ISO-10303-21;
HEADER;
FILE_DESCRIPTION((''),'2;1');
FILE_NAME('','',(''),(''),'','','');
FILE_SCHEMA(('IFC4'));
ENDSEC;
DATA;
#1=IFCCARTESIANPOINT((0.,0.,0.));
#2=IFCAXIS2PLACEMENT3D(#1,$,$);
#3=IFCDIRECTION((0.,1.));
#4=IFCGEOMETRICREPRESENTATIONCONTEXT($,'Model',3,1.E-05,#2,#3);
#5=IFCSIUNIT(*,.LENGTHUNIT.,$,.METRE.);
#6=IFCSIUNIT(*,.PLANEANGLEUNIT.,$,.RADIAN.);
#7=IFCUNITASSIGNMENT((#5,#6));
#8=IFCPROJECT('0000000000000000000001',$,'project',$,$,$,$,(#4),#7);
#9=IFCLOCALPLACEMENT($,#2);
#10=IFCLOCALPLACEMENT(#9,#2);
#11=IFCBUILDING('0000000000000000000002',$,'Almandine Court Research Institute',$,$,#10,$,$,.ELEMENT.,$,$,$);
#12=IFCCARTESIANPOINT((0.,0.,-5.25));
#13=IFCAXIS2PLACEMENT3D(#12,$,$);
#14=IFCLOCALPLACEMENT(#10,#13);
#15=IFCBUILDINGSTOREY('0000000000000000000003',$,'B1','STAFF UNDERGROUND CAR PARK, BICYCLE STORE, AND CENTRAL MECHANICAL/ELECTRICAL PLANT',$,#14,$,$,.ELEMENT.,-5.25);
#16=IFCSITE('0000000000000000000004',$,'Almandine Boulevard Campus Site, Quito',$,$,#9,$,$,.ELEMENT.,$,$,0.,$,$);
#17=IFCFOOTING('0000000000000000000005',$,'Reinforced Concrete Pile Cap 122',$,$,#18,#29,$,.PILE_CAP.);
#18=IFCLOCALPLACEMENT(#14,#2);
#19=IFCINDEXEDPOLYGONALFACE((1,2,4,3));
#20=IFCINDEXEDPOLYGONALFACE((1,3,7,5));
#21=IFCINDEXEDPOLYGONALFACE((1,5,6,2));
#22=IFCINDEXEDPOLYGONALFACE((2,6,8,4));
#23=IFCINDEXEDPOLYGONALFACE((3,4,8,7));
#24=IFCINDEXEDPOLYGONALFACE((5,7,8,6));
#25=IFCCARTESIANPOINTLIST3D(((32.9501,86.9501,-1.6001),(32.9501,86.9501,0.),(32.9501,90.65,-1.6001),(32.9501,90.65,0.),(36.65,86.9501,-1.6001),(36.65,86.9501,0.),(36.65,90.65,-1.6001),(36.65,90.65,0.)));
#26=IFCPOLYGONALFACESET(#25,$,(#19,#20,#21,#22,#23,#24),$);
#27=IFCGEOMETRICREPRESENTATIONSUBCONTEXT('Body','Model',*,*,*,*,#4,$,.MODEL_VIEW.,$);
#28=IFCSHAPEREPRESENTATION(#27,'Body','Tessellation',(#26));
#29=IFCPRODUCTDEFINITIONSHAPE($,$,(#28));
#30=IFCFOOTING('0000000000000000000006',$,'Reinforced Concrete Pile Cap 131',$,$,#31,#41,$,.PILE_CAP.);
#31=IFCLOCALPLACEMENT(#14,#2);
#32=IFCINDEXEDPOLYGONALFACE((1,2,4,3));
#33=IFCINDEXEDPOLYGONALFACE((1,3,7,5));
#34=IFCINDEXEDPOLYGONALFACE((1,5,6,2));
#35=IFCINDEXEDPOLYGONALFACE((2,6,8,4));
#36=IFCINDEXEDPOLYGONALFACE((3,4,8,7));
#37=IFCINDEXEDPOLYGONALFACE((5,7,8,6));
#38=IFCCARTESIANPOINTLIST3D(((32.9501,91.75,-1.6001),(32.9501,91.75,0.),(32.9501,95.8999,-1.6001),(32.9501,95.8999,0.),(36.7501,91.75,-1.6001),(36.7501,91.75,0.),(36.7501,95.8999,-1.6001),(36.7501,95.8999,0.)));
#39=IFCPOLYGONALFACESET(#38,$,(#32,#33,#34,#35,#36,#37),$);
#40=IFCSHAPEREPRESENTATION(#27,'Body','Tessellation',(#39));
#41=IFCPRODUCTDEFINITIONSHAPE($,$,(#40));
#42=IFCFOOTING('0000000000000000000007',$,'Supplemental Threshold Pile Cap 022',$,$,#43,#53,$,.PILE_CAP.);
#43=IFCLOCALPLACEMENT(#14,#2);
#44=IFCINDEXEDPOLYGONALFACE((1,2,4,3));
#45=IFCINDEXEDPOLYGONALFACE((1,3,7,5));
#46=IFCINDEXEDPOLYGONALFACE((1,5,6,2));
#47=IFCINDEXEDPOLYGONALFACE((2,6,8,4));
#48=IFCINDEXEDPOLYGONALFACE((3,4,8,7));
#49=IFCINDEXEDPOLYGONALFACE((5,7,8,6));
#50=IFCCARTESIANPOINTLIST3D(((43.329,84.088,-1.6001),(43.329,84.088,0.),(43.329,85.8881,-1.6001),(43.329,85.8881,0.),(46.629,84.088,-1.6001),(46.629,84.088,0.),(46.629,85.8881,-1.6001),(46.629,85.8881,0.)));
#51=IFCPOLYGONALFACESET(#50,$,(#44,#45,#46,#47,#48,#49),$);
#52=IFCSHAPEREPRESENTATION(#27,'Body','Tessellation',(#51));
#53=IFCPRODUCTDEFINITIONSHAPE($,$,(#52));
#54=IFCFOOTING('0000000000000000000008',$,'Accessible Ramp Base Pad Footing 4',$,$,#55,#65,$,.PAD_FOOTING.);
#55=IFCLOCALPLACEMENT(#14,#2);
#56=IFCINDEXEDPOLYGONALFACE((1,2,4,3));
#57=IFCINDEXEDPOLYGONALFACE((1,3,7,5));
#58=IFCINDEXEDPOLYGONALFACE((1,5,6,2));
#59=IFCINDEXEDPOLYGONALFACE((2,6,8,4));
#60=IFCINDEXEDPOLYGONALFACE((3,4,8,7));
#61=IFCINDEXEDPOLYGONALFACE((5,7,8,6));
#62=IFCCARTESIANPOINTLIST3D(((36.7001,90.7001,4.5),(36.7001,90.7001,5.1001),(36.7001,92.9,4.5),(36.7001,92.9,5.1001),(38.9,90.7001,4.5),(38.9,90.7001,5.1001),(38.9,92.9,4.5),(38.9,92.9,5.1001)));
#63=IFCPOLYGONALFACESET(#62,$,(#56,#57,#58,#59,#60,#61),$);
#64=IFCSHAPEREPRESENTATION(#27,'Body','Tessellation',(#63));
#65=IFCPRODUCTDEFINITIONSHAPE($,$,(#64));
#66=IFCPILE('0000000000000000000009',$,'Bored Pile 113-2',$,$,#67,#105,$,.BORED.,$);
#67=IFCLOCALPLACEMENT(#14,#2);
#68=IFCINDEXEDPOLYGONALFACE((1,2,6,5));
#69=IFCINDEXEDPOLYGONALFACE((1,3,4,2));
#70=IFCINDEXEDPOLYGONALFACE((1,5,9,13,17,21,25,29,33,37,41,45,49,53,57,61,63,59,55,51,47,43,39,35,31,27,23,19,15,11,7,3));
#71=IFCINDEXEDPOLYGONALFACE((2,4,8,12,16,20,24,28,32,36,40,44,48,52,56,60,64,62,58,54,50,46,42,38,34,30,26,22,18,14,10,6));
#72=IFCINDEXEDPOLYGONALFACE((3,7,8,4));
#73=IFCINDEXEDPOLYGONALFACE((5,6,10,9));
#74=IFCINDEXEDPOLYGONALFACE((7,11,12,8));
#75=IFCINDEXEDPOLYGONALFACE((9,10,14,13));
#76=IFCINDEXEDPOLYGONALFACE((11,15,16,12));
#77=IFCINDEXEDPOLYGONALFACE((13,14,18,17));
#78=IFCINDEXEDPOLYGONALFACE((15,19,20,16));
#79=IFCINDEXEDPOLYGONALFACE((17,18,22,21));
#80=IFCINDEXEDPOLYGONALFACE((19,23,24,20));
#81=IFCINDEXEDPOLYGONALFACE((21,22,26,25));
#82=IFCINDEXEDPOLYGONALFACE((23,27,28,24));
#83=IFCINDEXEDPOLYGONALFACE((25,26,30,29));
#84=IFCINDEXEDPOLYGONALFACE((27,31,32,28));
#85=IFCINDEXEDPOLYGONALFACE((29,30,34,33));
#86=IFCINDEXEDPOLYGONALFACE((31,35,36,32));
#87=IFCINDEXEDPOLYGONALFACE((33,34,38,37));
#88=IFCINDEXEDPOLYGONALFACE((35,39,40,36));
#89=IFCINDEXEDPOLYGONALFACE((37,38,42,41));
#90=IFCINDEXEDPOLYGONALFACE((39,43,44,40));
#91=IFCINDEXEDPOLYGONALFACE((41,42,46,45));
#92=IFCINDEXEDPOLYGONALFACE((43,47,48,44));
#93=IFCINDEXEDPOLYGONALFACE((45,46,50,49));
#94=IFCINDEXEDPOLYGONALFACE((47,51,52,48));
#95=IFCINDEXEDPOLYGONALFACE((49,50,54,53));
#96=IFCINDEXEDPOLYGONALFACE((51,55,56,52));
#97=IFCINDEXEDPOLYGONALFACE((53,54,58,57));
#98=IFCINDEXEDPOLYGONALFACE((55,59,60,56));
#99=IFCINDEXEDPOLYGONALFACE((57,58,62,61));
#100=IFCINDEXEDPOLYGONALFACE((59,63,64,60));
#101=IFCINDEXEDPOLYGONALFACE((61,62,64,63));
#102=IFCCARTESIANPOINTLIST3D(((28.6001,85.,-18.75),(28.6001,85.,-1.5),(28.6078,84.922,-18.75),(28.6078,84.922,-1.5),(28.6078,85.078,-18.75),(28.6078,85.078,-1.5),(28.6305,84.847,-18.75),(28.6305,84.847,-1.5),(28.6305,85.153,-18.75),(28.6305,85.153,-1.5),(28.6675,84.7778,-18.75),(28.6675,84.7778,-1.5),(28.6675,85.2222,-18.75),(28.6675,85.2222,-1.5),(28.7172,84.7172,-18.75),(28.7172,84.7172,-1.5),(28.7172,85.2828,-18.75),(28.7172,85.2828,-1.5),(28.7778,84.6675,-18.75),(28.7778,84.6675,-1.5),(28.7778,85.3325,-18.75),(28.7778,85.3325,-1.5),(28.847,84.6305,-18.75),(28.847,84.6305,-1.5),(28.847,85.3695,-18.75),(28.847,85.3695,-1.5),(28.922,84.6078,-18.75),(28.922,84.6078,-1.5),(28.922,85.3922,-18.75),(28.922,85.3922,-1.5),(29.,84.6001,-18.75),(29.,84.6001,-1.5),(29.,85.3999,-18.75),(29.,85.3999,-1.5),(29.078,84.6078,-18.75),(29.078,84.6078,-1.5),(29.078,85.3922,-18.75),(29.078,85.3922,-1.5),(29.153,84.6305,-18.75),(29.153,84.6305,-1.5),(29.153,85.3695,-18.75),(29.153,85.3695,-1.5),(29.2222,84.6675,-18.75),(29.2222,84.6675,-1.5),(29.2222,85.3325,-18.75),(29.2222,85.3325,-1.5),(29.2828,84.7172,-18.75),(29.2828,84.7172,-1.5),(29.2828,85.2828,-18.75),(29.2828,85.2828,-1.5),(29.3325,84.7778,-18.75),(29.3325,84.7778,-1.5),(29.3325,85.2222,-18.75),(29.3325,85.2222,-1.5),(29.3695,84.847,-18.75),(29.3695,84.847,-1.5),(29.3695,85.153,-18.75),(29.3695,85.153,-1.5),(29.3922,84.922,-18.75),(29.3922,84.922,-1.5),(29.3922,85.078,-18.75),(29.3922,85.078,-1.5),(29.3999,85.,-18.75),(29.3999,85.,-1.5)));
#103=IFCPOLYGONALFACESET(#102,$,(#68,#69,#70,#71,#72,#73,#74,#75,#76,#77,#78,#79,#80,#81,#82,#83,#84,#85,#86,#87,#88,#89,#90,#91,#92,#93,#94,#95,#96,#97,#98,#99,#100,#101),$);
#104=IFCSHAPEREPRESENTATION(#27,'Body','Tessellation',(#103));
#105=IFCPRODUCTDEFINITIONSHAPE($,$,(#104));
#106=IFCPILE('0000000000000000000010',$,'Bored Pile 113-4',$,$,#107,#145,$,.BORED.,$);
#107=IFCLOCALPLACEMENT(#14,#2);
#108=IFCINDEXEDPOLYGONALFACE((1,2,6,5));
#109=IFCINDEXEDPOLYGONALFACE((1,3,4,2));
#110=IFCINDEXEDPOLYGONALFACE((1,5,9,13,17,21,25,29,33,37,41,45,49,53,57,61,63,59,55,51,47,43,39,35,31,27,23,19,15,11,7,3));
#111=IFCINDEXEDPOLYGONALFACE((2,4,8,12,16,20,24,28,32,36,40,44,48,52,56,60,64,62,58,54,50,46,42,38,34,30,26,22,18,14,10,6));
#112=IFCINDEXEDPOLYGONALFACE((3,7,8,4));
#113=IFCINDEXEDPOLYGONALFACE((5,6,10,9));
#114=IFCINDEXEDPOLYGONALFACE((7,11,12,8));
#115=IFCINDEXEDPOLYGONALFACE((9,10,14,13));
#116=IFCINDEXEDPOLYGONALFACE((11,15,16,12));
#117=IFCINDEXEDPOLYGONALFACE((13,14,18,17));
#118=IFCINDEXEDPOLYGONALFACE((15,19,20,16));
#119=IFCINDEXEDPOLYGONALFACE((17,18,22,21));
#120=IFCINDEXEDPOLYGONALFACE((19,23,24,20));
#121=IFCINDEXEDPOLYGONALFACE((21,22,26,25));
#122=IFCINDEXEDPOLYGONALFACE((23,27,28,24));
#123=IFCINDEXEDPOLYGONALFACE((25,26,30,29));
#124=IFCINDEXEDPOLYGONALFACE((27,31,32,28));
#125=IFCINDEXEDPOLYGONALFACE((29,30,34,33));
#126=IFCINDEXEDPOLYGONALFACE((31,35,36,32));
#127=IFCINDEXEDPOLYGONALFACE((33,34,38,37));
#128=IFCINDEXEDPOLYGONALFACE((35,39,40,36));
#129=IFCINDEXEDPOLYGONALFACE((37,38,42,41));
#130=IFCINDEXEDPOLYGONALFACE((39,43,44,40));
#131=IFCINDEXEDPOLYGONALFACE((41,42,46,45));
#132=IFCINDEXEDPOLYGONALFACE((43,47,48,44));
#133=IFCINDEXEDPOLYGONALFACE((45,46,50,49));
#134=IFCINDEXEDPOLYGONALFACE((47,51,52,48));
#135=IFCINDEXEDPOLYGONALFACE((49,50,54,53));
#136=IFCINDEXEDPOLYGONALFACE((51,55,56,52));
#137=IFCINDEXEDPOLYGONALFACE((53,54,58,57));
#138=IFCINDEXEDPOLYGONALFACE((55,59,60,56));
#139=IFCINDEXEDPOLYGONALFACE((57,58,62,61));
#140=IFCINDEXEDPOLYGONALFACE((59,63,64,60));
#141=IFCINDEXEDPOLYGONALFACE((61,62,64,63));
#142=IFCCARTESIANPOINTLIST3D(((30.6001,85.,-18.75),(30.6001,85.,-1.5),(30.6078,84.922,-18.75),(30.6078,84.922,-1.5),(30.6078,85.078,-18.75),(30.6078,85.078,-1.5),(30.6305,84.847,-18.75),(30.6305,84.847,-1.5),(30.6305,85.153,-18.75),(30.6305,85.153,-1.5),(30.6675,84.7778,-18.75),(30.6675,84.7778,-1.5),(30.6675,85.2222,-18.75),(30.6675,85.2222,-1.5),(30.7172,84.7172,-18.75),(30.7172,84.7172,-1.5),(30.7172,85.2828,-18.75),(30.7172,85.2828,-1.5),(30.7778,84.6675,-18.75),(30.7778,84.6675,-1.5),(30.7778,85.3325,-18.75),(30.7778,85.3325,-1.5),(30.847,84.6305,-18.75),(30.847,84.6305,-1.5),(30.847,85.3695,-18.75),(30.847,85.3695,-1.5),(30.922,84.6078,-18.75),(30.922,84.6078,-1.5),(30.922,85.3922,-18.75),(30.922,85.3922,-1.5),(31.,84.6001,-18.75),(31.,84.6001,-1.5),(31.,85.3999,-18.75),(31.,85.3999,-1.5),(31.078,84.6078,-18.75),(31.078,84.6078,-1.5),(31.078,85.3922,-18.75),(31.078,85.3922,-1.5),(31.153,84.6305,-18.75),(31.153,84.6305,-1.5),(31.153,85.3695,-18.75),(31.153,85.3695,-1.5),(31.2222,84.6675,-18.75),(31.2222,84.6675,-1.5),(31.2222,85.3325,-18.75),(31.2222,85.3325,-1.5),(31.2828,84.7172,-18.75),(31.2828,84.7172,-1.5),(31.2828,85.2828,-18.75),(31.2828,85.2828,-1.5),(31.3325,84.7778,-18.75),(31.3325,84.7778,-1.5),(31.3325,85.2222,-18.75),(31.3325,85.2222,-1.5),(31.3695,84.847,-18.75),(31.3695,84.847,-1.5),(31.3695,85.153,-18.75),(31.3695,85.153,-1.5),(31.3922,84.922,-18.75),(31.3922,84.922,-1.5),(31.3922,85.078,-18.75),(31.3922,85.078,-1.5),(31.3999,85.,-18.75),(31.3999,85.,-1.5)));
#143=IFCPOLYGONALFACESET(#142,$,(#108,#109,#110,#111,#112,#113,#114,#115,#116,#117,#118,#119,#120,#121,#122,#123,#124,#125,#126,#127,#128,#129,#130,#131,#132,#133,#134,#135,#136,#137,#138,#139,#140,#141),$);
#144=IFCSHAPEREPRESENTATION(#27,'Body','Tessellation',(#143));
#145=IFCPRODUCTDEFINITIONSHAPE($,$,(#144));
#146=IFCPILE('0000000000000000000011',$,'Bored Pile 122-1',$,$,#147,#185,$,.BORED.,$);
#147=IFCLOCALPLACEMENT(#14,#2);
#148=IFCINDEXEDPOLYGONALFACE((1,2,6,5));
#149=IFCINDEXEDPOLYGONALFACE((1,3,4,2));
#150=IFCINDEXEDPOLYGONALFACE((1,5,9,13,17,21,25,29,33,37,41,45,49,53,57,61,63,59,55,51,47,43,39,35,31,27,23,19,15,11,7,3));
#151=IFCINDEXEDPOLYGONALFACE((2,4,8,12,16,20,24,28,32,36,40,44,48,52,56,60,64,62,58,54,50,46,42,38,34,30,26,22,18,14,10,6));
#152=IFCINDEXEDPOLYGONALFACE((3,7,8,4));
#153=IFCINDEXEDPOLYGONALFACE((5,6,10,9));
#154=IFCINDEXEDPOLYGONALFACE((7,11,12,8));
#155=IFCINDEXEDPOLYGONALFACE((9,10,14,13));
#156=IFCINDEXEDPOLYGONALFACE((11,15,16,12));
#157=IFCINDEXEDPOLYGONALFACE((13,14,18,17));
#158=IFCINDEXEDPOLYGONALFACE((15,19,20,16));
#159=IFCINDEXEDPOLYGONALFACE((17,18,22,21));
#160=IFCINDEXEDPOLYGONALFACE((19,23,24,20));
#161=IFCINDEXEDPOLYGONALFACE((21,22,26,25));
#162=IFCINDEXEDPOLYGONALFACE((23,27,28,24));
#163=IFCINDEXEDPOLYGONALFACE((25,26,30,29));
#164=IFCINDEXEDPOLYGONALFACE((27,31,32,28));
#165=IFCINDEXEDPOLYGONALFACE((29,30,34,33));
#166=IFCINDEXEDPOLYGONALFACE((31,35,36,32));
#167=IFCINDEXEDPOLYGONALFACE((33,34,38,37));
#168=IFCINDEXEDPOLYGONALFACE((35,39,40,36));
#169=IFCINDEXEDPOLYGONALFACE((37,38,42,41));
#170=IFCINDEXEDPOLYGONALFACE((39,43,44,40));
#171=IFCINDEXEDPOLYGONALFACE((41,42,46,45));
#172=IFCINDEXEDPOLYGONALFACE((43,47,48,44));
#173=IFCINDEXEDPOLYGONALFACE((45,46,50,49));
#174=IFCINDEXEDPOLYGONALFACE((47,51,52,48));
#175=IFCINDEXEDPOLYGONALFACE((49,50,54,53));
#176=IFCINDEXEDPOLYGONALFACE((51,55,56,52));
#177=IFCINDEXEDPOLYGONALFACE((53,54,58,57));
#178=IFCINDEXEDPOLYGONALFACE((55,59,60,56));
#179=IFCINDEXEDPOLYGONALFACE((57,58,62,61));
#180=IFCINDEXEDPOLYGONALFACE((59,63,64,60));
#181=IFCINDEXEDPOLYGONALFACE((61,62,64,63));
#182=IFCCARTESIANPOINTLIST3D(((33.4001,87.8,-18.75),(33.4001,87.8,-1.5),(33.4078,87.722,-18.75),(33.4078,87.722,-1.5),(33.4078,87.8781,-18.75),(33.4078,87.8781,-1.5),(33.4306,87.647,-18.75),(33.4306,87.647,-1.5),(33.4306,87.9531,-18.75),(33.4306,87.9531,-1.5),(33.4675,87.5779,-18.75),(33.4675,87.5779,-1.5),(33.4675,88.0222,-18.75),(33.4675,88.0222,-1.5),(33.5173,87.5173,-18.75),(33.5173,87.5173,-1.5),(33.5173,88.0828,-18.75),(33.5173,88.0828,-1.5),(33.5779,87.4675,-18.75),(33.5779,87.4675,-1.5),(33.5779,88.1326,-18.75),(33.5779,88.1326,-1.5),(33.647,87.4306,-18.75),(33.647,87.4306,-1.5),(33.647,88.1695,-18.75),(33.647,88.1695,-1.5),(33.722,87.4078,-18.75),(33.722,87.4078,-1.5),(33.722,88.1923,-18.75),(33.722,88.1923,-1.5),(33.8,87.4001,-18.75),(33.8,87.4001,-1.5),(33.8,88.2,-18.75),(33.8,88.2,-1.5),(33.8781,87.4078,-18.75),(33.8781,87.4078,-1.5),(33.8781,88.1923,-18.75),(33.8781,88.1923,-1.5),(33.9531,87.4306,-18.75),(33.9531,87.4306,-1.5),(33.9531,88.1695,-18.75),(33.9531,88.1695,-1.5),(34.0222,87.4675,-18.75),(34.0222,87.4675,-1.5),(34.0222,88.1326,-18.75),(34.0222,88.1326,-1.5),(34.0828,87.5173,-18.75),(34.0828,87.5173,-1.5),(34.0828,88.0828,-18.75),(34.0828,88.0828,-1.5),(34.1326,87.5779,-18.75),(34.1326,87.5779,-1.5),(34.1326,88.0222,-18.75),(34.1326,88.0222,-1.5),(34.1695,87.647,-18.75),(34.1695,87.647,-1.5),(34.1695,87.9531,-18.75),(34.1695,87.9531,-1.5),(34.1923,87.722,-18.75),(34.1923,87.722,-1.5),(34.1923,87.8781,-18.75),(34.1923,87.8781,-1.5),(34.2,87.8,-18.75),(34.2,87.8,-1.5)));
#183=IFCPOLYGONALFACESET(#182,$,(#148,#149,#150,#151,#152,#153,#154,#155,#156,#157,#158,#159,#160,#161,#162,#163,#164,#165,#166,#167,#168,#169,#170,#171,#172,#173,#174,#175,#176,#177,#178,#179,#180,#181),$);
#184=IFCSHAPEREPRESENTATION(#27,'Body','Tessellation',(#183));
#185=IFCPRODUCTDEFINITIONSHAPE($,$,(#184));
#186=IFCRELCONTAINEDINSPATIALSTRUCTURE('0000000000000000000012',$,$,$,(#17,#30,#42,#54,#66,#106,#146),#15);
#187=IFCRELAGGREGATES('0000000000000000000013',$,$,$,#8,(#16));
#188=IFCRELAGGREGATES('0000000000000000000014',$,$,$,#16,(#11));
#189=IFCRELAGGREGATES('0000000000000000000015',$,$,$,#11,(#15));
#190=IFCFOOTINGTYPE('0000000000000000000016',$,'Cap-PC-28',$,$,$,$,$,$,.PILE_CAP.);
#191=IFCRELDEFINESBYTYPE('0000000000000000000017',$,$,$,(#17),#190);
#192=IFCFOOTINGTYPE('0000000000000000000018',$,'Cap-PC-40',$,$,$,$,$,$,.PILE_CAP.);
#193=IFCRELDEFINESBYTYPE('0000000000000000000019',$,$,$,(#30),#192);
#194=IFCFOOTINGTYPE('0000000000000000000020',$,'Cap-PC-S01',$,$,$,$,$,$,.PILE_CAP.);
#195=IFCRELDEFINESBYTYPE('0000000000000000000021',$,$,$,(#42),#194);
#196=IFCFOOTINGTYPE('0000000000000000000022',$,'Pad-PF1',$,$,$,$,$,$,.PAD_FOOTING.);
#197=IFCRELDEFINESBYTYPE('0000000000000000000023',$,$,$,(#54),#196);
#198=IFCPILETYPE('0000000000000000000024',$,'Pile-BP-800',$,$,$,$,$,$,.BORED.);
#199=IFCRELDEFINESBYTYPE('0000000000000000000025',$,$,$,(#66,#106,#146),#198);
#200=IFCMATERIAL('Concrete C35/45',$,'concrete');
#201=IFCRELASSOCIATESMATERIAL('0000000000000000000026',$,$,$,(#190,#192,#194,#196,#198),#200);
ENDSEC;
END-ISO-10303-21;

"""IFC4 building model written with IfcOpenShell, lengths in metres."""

from ifc_helpers import new_model, si_unit, direction, frame, origin, origin_2d, place, context, subcontext, project, spatial, rectangle, circle, extrude, material, material_profile, profile_set, type_object, element, save


model = new_model("IFC4")

# Units and contexts
model_context = context("Model", 3, precision=1e-05, world=origin(), true_north=direction((0.0, 1.0)))
body_context = subcontext(model_context, "Body", "Model", "MODEL_VIEW")
ifc_project = project(units=[si_unit("LENGTHUNIT", "METRE"), si_unit("PLANEANGLEUNIT", "RADIAN")], contexts=[model_context])

# Site, building, storey
site_placement = place(None, origin())
site = spatial("IfcSite", under=ifc_project, at=site_placement, Name="Almandine Boulevard Campus Site, Quito", CompositionType="ELEMENT", RefElevation=0.0)
building_placement = place(site_placement, origin())
building = spatial("IfcBuilding", under=site, at=building_placement, Name="Almandine Court Research Institute", CompositionType="ELEMENT")
storey_placement = place(building_placement, frame((0.0, 0.0, -5.25)))
storey = spatial("IfcBuildingStorey", under=building, at=storey_placement, Name="B1", Description="STAFF UNDERGROUND CAR PARK, BICYCLE STORE, AND CENTRAL MECHANICAL/ELECTRICAL PLANT", CompositionType="ELEMENT", Elevation=-5.25)

# Footings
ifc_material_1 = material(Name="Concrete C35/45", Category="concrete")
footing_type_1 = type_object("IfcFootingType", Name="Cap-PC-28", PredefinedType="PILE_CAP", material=ifc_material_1)
footing_1_placement = place(storey_placement, frame((34.8, 88.8, -1.6001), z_axis=(0.0, 0.0, 1.0), x_axis=(1.0, 0.0, 0.0)))
element("IfcFooting", 1, at=footing_1_placement, inside=storey, type_object=footing_type_1, Name="Reinforced Concrete Pile Cap 122", PredefinedType="PILE_CAP", context=body_context, shape_type="SweptSolid", body=[
    extrude(rectangle(XDim=3.7, YDim=3.7, at=origin_2d()), origin(), (0.0, 0.0, 1.0), 1.6001),
])
footing_type_2 = type_object("IfcFootingType", Name="Cap-PC-40", PredefinedType="PILE_CAP", material=ifc_material_1)
footing_2_placement = place(storey_placement, frame((34.8501, 93.825, -1.6001), z_axis=(0.0, 0.0, 1.0), x_axis=(1.0, 0.0, 0.0)))
element("IfcFooting", 2, at=footing_2_placement, inside=storey, type_object=footing_type_2, Name="Reinforced Concrete Pile Cap 131", PredefinedType="PILE_CAP", context=body_context, shape_type="SweptSolid", body=[
    extrude(rectangle(XDim=3.8, YDim=4.1499, at=origin_2d()), origin(), (0.0, 0.0, 1.0), 1.6001),
])
footing_type_3 = type_object("IfcFootingType", Name="Cap-PC-S01", PredefinedType="PILE_CAP", material=ifc_material_1)
footing_3_placement = place(storey_placement, frame((44.979, 84.988, -1.6001), z_axis=(0.0, 0.0, 1.0), x_axis=(1.0, 0.0, 0.0)))
element("IfcFooting", 3, at=footing_3_placement, inside=storey, type_object=footing_type_3, Name="Supplemental Threshold Pile Cap 022", PredefinedType="PILE_CAP", context=body_context, shape_type="SweptSolid", body=[
    extrude(rectangle(XDim=3.3, YDim=1.8, at=origin_2d()), origin(), (0.0, 0.0, 1.0), 1.6001),
])
footing_type_4 = type_object("IfcFootingType", Name="Pad-PF1", PredefinedType="PAD_FOOTING", material=ifc_material_1)
footing_4_placement = place(storey_placement, frame((37.8, 91.8, 4.5), z_axis=(0.0, 0.0, 1.0), x_axis=(1.0, 0.0, 0.0)))
element("IfcFooting", 4, at=footing_4_placement, inside=storey, type_object=footing_type_4, Name="Accessible Ramp Base Pad Footing 4", PredefinedType="PAD_FOOTING", context=body_context, shape_type="SweptSolid", body=[
    extrude(rectangle(XDim=2.2, YDim=2.2, at=origin_2d()), origin(), (0.0, 0.0, 1.0), 0.6001),
])

# Piles
ifc_material_profile_1 = material_profile(ifc_material_1, circle(Radius=0.3999, at=origin_2d()), Name="BORED PILE D800")
ifc_profile_set_1 = profile_set([ifc_material_profile_1], Name="Concrete C35/45")
pile_type = type_object("IfcPileType", Name="Pile-BP-800", PredefinedType="BORED", material=ifc_profile_set_1)
for number, where, z_axis, x_axis, name in (
    (5, (29.0, 85.0, -1.5), (0.0, 0.0, -1.0), (1.0, 0.0, 0.0), "Bored Pile 113-2"),
    (6, (31.0, 85.0, -1.5), (0.0, 0.0, -1.0), (1.0, 0.0, 0.0), "Bored Pile 113-4"),
    (7, (33.8, 87.8, -1.5), (0.0, 0.0, -1.0), (1.0, 0.0, 0.0), "Bored Pile 122-1"),
):
    element("IfcPile", number, at=place(storey_placement, frame(where, z_axis=z_axis, x_axis=x_axis)), inside=storey, type_object=pile_type, Name=name, PredefinedType="BORED", context=body_context, shape_type="SweptSolid", body=[
        extrude(circle(Radius=0.3999, at=origin_2d()), origin(), (0.0, 0.0, 1.0), 17.25),
    ])

save(model, "model.ifc")
